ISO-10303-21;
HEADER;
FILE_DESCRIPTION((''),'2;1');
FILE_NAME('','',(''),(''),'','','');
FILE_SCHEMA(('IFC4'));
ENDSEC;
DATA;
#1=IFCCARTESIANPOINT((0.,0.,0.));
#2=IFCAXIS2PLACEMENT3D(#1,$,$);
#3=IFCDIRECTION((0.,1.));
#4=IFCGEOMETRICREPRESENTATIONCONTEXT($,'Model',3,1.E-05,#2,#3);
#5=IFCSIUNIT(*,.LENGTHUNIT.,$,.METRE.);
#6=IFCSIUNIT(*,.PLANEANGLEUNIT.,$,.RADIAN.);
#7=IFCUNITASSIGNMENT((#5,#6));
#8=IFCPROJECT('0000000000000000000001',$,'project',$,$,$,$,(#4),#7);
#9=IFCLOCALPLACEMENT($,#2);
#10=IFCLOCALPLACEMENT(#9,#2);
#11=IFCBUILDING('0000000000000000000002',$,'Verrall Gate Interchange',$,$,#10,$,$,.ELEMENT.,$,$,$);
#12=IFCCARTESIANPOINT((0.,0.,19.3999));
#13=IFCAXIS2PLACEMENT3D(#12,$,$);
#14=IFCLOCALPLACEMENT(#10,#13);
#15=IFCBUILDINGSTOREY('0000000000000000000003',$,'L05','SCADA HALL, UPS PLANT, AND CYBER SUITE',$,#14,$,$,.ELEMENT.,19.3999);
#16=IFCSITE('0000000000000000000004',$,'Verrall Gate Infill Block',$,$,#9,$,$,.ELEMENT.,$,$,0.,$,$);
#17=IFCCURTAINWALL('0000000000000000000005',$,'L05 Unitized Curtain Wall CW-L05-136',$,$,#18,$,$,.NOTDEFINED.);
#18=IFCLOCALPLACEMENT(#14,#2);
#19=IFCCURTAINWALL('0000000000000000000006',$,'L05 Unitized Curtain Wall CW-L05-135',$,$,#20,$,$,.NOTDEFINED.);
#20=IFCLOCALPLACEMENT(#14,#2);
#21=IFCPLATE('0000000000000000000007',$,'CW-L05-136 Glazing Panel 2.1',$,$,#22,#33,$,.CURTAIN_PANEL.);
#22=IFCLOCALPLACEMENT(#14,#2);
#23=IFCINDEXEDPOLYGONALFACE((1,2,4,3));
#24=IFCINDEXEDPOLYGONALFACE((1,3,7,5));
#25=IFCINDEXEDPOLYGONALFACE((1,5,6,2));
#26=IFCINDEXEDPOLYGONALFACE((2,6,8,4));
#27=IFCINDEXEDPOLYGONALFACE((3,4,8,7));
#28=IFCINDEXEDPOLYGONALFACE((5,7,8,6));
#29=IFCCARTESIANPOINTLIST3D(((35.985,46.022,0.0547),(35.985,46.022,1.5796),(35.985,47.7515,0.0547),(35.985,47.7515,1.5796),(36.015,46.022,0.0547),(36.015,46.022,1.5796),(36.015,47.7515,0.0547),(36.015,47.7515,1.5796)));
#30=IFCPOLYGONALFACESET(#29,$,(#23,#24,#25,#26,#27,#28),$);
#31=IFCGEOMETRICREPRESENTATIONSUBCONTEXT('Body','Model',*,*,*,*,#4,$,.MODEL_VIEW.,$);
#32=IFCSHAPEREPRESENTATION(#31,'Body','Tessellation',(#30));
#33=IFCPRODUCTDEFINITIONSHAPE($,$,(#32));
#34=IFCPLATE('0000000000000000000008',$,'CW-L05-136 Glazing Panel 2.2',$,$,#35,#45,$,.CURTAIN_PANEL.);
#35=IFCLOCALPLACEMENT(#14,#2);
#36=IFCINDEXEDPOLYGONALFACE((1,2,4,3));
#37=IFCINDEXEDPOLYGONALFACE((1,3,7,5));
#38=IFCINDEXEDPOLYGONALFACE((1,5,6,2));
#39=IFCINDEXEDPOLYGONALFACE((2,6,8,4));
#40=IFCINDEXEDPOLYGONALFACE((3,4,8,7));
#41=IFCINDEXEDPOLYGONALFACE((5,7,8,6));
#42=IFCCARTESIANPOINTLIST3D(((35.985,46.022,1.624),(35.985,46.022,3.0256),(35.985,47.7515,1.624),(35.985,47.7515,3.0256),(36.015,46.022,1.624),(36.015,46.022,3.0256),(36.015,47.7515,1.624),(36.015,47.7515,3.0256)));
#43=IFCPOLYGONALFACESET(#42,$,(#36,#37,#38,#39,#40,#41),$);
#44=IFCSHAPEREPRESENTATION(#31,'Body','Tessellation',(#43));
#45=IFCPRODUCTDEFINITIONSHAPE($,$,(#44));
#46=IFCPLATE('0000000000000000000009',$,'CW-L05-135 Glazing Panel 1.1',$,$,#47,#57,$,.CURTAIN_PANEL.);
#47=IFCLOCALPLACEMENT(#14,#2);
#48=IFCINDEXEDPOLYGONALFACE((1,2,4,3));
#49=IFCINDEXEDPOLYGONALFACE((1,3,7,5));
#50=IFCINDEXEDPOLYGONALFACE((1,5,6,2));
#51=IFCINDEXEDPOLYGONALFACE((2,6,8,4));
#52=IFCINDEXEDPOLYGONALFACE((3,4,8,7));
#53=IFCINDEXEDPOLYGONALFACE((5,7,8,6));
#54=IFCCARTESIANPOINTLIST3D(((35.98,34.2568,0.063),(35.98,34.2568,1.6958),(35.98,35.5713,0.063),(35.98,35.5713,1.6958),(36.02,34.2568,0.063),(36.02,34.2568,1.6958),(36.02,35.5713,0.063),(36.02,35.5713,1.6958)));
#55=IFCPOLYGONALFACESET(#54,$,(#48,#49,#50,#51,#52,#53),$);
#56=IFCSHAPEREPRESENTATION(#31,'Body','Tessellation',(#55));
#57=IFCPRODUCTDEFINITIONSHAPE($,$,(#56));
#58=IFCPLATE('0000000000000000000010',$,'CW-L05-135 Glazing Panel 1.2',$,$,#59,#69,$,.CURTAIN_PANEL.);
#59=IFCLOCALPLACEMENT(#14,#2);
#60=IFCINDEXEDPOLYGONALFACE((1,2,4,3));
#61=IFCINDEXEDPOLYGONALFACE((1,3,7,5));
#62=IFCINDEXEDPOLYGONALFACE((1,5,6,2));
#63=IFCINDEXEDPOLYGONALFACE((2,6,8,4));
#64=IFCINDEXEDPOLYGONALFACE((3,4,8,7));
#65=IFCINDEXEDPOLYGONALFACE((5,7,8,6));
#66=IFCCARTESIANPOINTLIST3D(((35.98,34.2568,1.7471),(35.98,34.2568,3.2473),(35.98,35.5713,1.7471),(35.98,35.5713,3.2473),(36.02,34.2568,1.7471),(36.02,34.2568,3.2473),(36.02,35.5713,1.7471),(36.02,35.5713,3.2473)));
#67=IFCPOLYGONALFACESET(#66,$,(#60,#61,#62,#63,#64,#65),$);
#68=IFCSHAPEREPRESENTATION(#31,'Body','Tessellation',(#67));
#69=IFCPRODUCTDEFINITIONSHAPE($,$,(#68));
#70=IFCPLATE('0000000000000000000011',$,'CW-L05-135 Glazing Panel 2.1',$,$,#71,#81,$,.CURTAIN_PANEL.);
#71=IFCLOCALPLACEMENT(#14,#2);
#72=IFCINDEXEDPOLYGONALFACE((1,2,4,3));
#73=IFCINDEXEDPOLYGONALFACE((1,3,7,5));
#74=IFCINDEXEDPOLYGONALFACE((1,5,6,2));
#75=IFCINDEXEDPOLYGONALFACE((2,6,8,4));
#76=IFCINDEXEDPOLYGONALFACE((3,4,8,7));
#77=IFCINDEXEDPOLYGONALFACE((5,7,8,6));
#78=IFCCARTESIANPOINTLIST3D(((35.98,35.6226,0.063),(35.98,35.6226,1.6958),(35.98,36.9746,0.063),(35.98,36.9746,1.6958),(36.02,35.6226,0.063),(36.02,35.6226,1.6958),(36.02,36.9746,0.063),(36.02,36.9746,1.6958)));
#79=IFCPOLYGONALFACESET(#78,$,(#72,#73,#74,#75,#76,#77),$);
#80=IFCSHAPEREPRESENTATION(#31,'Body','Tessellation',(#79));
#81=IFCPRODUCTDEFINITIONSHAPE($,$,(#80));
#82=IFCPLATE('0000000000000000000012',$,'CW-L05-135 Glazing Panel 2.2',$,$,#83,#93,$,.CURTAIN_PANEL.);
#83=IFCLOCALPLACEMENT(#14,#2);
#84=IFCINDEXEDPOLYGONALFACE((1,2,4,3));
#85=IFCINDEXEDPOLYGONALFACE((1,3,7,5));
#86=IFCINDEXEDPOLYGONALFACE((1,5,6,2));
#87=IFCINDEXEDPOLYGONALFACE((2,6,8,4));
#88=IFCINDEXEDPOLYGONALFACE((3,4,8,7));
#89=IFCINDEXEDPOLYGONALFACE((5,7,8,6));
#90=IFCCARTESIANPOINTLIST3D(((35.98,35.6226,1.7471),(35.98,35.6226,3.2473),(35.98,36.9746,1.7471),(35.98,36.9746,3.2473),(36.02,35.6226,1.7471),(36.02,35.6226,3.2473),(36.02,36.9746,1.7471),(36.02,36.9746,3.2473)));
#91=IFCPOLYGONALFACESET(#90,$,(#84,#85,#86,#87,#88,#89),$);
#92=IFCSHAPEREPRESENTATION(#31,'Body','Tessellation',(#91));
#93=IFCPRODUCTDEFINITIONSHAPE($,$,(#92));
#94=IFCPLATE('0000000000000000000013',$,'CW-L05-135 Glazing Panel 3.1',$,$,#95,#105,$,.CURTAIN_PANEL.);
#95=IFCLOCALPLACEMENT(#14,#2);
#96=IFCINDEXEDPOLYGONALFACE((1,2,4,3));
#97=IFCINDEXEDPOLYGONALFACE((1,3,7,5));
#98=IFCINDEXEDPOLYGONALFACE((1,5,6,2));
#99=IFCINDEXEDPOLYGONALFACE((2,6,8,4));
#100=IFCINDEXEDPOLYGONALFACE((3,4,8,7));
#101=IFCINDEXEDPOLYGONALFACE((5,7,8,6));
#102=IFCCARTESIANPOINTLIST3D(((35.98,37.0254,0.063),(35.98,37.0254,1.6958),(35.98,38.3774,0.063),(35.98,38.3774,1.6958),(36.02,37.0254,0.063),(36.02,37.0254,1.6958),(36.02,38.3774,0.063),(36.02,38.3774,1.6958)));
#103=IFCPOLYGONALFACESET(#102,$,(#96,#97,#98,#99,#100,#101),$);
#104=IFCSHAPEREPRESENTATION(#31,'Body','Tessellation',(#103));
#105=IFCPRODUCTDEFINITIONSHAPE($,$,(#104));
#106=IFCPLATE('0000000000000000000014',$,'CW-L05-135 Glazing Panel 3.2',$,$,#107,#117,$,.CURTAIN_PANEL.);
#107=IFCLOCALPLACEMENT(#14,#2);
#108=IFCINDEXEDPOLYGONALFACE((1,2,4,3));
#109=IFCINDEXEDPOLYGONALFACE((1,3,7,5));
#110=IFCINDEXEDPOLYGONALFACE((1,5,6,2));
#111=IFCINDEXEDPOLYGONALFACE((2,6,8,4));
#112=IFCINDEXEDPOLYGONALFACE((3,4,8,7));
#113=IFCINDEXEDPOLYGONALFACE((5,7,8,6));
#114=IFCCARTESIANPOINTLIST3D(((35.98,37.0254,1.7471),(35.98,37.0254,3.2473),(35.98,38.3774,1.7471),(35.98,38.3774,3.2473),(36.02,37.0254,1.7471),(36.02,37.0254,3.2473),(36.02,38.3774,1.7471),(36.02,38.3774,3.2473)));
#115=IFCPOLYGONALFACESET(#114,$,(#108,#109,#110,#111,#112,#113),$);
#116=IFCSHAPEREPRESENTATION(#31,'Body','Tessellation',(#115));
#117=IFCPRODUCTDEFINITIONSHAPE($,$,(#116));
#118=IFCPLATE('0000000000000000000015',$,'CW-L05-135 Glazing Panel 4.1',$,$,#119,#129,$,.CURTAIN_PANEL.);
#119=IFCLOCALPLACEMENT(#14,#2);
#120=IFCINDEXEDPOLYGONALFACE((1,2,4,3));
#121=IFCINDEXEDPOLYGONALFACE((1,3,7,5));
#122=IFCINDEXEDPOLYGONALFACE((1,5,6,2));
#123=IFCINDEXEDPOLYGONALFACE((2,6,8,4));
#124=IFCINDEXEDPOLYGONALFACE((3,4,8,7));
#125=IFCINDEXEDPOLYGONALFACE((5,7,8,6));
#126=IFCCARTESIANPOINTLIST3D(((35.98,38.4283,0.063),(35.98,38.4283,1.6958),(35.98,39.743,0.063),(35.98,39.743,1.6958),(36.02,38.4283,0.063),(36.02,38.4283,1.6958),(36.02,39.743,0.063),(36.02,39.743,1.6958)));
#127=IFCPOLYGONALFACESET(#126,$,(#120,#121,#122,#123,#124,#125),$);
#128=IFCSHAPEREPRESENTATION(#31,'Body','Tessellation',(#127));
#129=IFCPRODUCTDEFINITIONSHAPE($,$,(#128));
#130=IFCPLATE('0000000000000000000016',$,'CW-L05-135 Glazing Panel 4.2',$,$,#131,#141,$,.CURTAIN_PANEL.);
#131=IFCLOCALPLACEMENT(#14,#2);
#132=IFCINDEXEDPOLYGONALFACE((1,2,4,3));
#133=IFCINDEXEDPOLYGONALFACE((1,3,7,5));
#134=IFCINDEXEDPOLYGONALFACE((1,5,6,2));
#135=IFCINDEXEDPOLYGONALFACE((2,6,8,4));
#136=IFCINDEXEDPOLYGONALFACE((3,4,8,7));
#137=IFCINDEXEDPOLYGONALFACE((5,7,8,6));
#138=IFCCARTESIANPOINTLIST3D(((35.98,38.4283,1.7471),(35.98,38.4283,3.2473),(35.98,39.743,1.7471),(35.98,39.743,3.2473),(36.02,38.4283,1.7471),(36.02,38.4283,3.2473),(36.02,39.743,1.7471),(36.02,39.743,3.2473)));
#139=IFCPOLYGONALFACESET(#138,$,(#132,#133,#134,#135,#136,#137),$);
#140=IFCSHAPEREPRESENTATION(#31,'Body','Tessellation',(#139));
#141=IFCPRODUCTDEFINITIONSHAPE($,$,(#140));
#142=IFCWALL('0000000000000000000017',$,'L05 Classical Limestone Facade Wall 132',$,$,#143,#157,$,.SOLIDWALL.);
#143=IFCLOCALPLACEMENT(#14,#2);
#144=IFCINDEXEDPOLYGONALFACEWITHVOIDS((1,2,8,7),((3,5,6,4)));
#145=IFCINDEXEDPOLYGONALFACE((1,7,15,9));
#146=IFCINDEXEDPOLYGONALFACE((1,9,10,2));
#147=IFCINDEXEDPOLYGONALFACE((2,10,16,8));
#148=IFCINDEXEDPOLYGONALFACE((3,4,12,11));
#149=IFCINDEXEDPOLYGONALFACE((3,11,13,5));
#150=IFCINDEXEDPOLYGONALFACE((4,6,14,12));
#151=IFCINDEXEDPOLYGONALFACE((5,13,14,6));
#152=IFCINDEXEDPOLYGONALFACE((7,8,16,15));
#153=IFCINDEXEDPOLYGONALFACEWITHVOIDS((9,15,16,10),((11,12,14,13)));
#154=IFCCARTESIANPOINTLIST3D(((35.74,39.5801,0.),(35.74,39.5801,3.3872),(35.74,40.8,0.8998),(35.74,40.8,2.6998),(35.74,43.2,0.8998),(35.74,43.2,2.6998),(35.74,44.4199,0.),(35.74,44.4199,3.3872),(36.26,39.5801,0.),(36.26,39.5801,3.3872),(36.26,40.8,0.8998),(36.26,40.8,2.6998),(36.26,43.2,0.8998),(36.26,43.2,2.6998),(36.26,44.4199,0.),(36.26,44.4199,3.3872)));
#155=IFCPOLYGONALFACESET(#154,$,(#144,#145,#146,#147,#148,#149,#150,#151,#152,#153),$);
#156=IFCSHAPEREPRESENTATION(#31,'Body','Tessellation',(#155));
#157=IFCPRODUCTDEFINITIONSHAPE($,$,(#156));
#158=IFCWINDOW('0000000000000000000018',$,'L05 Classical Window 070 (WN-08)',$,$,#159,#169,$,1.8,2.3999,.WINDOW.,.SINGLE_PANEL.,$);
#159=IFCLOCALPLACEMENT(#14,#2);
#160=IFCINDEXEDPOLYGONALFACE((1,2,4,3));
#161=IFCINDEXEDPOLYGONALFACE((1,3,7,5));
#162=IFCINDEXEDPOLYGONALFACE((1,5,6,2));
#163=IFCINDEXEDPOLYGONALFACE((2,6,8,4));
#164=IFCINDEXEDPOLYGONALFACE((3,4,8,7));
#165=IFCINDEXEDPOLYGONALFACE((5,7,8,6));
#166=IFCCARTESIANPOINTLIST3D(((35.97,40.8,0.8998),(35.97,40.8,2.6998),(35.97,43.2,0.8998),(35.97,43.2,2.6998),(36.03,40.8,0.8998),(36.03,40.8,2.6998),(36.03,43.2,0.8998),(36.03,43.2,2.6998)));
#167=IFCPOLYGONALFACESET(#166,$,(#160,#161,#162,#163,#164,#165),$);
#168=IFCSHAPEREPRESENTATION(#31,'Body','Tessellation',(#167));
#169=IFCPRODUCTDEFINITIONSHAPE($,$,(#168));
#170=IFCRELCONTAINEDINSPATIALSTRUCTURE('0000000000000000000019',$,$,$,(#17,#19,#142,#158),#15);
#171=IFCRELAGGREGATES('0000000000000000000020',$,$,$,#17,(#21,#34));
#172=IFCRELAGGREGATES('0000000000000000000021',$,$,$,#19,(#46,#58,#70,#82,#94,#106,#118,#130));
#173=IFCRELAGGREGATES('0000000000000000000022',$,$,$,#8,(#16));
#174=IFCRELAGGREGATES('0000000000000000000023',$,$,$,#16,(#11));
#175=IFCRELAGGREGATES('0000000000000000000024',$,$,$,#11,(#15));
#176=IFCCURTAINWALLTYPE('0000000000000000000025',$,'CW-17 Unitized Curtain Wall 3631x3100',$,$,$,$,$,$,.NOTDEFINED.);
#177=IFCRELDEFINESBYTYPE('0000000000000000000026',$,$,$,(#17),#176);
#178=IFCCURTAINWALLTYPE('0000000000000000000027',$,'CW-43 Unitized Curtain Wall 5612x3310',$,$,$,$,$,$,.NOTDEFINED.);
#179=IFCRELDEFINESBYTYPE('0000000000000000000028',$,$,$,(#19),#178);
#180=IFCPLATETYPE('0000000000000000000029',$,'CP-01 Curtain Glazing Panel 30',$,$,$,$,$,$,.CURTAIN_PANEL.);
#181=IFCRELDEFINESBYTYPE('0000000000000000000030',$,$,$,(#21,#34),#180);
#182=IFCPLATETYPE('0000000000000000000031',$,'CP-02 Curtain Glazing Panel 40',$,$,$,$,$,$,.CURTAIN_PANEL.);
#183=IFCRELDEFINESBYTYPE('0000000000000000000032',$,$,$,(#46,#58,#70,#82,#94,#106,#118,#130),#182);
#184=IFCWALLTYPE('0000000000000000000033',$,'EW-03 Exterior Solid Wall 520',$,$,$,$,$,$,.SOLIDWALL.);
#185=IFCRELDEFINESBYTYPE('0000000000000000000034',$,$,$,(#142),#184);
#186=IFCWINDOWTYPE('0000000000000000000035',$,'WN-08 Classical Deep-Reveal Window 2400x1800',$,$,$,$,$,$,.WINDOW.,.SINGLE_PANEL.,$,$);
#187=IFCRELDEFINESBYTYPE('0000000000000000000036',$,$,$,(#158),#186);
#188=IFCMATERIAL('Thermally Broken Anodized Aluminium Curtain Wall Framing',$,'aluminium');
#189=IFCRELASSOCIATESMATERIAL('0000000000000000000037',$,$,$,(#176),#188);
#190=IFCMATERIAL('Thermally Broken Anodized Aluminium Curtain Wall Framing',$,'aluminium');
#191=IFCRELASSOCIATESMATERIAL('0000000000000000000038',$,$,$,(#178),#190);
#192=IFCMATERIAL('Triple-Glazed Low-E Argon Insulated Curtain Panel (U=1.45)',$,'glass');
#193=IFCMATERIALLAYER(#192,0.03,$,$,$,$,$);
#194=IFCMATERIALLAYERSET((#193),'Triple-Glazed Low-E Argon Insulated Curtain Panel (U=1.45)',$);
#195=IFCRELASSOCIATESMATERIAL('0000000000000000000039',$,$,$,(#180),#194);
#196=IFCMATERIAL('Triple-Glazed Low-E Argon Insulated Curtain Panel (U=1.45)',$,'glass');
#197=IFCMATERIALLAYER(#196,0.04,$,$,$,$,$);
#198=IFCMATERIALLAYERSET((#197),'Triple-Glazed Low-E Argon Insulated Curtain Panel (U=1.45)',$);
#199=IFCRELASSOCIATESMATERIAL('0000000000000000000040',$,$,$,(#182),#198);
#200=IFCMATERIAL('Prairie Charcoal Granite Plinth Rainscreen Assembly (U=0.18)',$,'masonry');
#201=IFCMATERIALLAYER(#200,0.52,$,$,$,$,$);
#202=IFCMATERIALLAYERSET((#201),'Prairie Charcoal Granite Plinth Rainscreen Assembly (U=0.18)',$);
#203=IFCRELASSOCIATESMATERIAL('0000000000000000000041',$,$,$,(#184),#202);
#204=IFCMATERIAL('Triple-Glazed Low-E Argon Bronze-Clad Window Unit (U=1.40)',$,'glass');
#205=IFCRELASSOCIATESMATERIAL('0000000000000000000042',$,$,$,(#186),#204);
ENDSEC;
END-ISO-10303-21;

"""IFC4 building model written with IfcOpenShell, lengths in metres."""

from ifc_helpers import new_model, si_unit, direction, frame, frame_2d, origin, origin_2d, place, context, subcontext, project, spatial, rectangle, extrude, material, layer, layer_set, type_object, element, fill, aggregate, save


model = new_model("IFC4")

# Units and contexts
model_context = context("Model", 3, precision=1e-05, world=origin(), true_north=direction((0.0, 1.0)))
body_context = subcontext(model_context, "Body", "Model", "MODEL_VIEW")
ifc_project = project(units=[si_unit("LENGTHUNIT", "METRE"), si_unit("PLANEANGLEUNIT", "RADIAN")], contexts=[model_context])

# Site, building, storey
site_placement = place(None, origin())
site = spatial("IfcSite", under=ifc_project, at=site_placement, Name="Verrall Gate Infill Block", CompositionType="ELEMENT", RefElevation=0.0)
building_placement = place(site_placement, origin())
building = spatial("IfcBuilding", under=site, at=building_placement, Name="Verrall Gate Interchange", CompositionType="ELEMENT")
storey_placement = place(building_placement, frame((0.0, 0.0, 19.3999)))
storey = spatial("IfcBuildingStorey", under=building, at=storey_placement, Name="L05", Description="SCADA HALL, UPS PLANT, AND CYBER SUITE", CompositionType="ELEMENT", Elevation=19.3999)

# Curtain walls
ifc_material_1 = material(Name="Thermally Broken Anodized Aluminium Curtain Wall Framing", Category="aluminium")
curtain_wall_type_1 = type_object("IfcCurtainWallType", Name="CW-17 Unitized Curtain Wall 3631x3100", PredefinedType="NOTDEFINED", material=ifc_material_1)
curtain_wall_1_placement = place(storey_placement, origin())
curtain_wall_1 = element("IfcCurtainWall", 1, at=curtain_wall_1_placement, inside=storey, type_object=curtain_wall_type_1, Name="L05 Unitized Curtain Wall CW-L05-136", PredefinedType="NOTDEFINED")
ifc_material_2 = material(Name="Thermally Broken Anodized Aluminium Curtain Wall Framing", Category="aluminium")
curtain_wall_type_2 = type_object("IfcCurtainWallType", Name="CW-43 Unitized Curtain Wall 5612x3310", PredefinedType="NOTDEFINED", material=ifc_material_2)
curtain_wall_2_placement = place(storey_placement, origin())
curtain_wall_2 = element("IfcCurtainWall", 2, at=curtain_wall_2_placement, inside=storey, type_object=curtain_wall_type_2, Name="L05 Unitized Curtain Wall CW-L05-135", PredefinedType="NOTDEFINED")

# Plates
ifc_material_3 = material(Name="Triple-Glazed Low-E Argon Insulated Curtain Panel (U=1.45)", Category="glass")
ifc_layer_1 = layer(ifc_material_3, 0.03)
ifc_layer_set_1 = layer_set([ifc_layer_1], Name="Triple-Glazed Low-E Argon Insulated Curtain Panel (U=1.45)")
plate_type_1 = type_object("IfcPlateType", Name="CP-01 Curtain Glazing Panel 30", PredefinedType="CURTAIN_PANEL", material=ifc_layer_set_1)
plate_1_placement = place(storey_placement, frame((36.0, 46.8867, 0.0547), z_axis=(0.0, 0.0, 1.0), x_axis=(0.0, 1.0, 0.0)))
plate_1 = element("IfcPlate", 3, at=plate_1_placement, type_object=plate_type_1, Name="CW-L05-136 Glazing Panel 2.1", PredefinedType="CURTAIN_PANEL", context=body_context, shape_type="SweptSolid", body=[
    extrude(rectangle(XDim=1.7295, YDim=0.03, at=origin_2d()), origin(), (0.0, 0.0, 1.0), 1.5249),
])
plate_2_placement = place(storey_placement, frame((36.0, 46.8867, 1.624), z_axis=(0.0, 0.0, 1.0), x_axis=(0.0, 1.0, 0.0)))
plate_2 = element("IfcPlate", 4, at=plate_2_placement, type_object=plate_type_1, Name="CW-L05-136 Glazing Panel 2.2", PredefinedType="CURTAIN_PANEL", context=body_context, shape_type="SweptSolid", body=[
    extrude(rectangle(XDim=1.7295, YDim=0.03, at=origin_2d()), origin(), (0.0, 0.0, 1.0), 1.4016),
])
aggregate(curtain_wall_1, [plate_1, plate_2])
ifc_material_4 = material(Name="Triple-Glazed Low-E Argon Insulated Curtain Panel (U=1.45)", Category="glass")
ifc_layer_2 = layer(ifc_material_4, 0.04)
ifc_layer_set_2 = layer_set([ifc_layer_2], Name="Triple-Glazed Low-E Argon Insulated Curtain Panel (U=1.45)")
plate_type_2 = type_object("IfcPlateType", Name="CP-02 Curtain Glazing Panel 40", PredefinedType="CURTAIN_PANEL", material=ifc_layer_set_2)
plate_3_placement = place(storey_placement, frame((36.0, 34.9141, 0.063), z_axis=(0.0, 0.0, 1.0), x_axis=(0.0, 1.0, 0.0)))
plate_3 = element("IfcPlate", 5, at=plate_3_placement, type_object=plate_type_2, Name="CW-L05-135 Glazing Panel 1.1", PredefinedType="CURTAIN_PANEL", context=body_context, shape_type="SweptSolid", body=[
    extrude(rectangle(XDim=1.3145, YDim=0.04, at=origin_2d()), origin(), (0.0, 0.0, 1.0), 1.6328),
])
plate_4_placement = place(storey_placement, frame((36.0, 34.9141, 1.7471), z_axis=(0.0, 0.0, 1.0), x_axis=(0.0, 1.0, 0.0)))
plate_4 = element("IfcPlate", 6, at=plate_4_placement, type_object=plate_type_2, Name="CW-L05-135 Glazing Panel 1.2", PredefinedType="CURTAIN_PANEL", context=body_context, shape_type="SweptSolid", body=[
    extrude(rectangle(XDim=1.3145, YDim=0.04, at=origin_2d()), origin(), (0.0, 0.0, 1.0), 1.5002),
])
plate_5_placement = place(storey_placement, frame((36.0, 36.2986, 0.063), z_axis=(0.0, 0.0, 1.0), x_axis=(0.0, 1.0, 0.0)))
plate_5 = element("IfcPlate", 7, at=plate_5_placement, type_object=plate_type_2, Name="CW-L05-135 Glazing Panel 2.1", PredefinedType="CURTAIN_PANEL", context=body_context, shape_type="SweptSolid", body=[
    extrude(rectangle(XDim=1.3521, YDim=0.04, at=origin_2d()), origin(), (0.0, 0.0, 1.0), 1.6328),
])
plate_6_placement = place(storey_placement, frame((36.0, 36.2986, 1.7471), z_axis=(0.0, 0.0, 1.0), x_axis=(0.0, 1.0, 0.0)))
plate_6 = element("IfcPlate", 8, at=plate_6_placement, type_object=plate_type_2, Name="CW-L05-135 Glazing Panel 2.2", PredefinedType="CURTAIN_PANEL", context=body_context, shape_type="SweptSolid", body=[
    extrude(rectangle(XDim=1.3521, YDim=0.04, at=origin_2d()), origin(), (0.0, 0.0, 1.0), 1.5002),
])
plate_7_placement = place(storey_placement, frame((36.0, 37.7014, 0.063), z_axis=(0.0, 0.0, 1.0), x_axis=(0.0, 1.0, 0.0)))
plate_7 = element("IfcPlate", 9, at=plate_7_placement, type_object=plate_type_2, Name="CW-L05-135 Glazing Panel 3.1", PredefinedType="CURTAIN_PANEL", context=body_context, shape_type="SweptSolid", body=[
    extrude(rectangle(XDim=1.3521, YDim=0.04, at=origin_2d()), origin(), (0.0, 0.0, 1.0), 1.6328),
])
plate_8_placement = place(storey_placement, frame((36.0, 37.7014, 1.7471), z_axis=(0.0, 0.0, 1.0), x_axis=(0.0, 1.0, 0.0)))
plate_8 = element("IfcPlate", 10, at=plate_8_placement, type_object=plate_type_2, Name="CW-L05-135 Glazing Panel 3.2", PredefinedType="CURTAIN_PANEL", context=body_context, shape_type="SweptSolid", body=[
    extrude(rectangle(XDim=1.3521, YDim=0.04, at=origin_2d()), origin(), (0.0, 0.0, 1.0), 1.5002),
])
plate_9_placement = place(storey_placement, frame((36.0, 39.0857, 0.063), z_axis=(0.0, 0.0, 1.0), x_axis=(0.0, 1.0, 0.0)))
plate_9 = element("IfcPlate", 11, at=plate_9_placement, type_object=plate_type_2, Name="CW-L05-135 Glazing Panel 4.1", PredefinedType="CURTAIN_PANEL", context=body_context, shape_type="SweptSolid", body=[
    extrude(rectangle(XDim=1.3147, YDim=0.04, at=origin_2d()), origin(), (0.0, 0.0, 1.0), 1.6328),
])
plate_10_placement = place(storey_placement, frame((36.0, 39.0857, 1.7471), z_axis=(0.0, 0.0, 1.0), x_axis=(0.0, 1.0, 0.0)))
plate_10 = element("IfcPlate", 12, at=plate_10_placement, type_object=plate_type_2, Name="CW-L05-135 Glazing Panel 4.2", PredefinedType="CURTAIN_PANEL", context=body_context, shape_type="SweptSolid", body=[
    extrude(rectangle(XDim=1.3147, YDim=0.04, at=origin_2d()), origin(), (0.0, 0.0, 1.0), 1.5002),
])
aggregate(curtain_wall_2, [plate_3, plate_4, plate_5, plate_6, plate_7, plate_8, plate_9, plate_10])

# Wall, opening, window
ifc_material_5 = material(Name="Prairie Charcoal Granite Plinth Rainscreen Assembly (U=0.18)", Category="masonry")
ifc_layer_3 = layer(ifc_material_5, 0.52)
ifc_layer_set_3 = layer_set([ifc_layer_3], Name="Prairie Charcoal Granite Plinth Rainscreen Assembly (U=0.18)")
wall_type_1 = type_object("IfcWallType", Name="EW-03 Exterior Solid Wall 520", PredefinedType="SOLIDWALL", material=ifc_layer_set_3)
wall_1_placement = place(storey_placement, frame((36.0, 39.5801, 0.0), z_axis=(0.0, 0.0, 1.0), x_axis=(0.0, 1.0, 0.0)))
wall_1 = element("IfcWall", 13, at=wall_1_placement, inside=storey, type_object=wall_type_1, Name="L05 Classical Limestone Facade Wall 132", PredefinedType="SOLIDWALL", context=body_context, shape_type="SweptSolid", body=[
    extrude(rectangle(XDim=4.8398, YDim=0.52, at=frame_2d((2.4199, 0.0))), origin(), (0.0, 0.0, 1.0), 3.3872),
])
opening_1_placement = place(wall_1_placement, frame((1.22, 0.0, 0.8999)))
opening_1 = element("IfcOpeningElement", 14, at=opening_1_placement, cuts=wall_1, PredefinedType="OPENING", context=body_context, shape_type="SweptSolid", body=[
    extrude(rectangle(XDim=2.3999, YDim=1.8, at=frame_2d((1.2, 0.8999))), frame((0.0, 0.2749, 0.0), z_axis=(0.0, -1.0, 0.0), x_axis=(1.0, 0.0, 0.0)), (0.0, 0.0, 1.0), 0.5498),
])
ifc_material_6 = material(Name="Triple-Glazed Low-E Argon Bronze-Clad Window Unit (U=1.40)", Category="glass")
window_type_1 = type_object("IfcWindowType", Name="WN-08 Classical Deep-Reveal Window 2400x1800", PartitioningType="SINGLE_PANEL", PredefinedType="WINDOW", material=ifc_material_6)
window_1_placement = place(opening_1_placement, origin())
window_1 = element("IfcWindow", 15, at=window_1_placement, inside=storey, type_object=window_type_1, Name="L05 Classical Window 070 (WN-08)", OverallHeight=1.8, OverallWidth=2.3999, PartitioningType="SINGLE_PANEL", PredefinedType="WINDOW", context=body_context, shape_type="SweptSolid", body=[
    extrude(rectangle(XDim=2.3999, YDim=1.8, at=frame_2d((1.2, 0.8999))), frame((0.0, 0.03, 0.0), z_axis=(0.0, -1.0, 0.0), x_axis=(1.0, 0.0, 0.0)), (0.0, 0.0, 1.0), 0.0601),
])
fill(opening_1, window_1)

save(model, "model.ifc")
